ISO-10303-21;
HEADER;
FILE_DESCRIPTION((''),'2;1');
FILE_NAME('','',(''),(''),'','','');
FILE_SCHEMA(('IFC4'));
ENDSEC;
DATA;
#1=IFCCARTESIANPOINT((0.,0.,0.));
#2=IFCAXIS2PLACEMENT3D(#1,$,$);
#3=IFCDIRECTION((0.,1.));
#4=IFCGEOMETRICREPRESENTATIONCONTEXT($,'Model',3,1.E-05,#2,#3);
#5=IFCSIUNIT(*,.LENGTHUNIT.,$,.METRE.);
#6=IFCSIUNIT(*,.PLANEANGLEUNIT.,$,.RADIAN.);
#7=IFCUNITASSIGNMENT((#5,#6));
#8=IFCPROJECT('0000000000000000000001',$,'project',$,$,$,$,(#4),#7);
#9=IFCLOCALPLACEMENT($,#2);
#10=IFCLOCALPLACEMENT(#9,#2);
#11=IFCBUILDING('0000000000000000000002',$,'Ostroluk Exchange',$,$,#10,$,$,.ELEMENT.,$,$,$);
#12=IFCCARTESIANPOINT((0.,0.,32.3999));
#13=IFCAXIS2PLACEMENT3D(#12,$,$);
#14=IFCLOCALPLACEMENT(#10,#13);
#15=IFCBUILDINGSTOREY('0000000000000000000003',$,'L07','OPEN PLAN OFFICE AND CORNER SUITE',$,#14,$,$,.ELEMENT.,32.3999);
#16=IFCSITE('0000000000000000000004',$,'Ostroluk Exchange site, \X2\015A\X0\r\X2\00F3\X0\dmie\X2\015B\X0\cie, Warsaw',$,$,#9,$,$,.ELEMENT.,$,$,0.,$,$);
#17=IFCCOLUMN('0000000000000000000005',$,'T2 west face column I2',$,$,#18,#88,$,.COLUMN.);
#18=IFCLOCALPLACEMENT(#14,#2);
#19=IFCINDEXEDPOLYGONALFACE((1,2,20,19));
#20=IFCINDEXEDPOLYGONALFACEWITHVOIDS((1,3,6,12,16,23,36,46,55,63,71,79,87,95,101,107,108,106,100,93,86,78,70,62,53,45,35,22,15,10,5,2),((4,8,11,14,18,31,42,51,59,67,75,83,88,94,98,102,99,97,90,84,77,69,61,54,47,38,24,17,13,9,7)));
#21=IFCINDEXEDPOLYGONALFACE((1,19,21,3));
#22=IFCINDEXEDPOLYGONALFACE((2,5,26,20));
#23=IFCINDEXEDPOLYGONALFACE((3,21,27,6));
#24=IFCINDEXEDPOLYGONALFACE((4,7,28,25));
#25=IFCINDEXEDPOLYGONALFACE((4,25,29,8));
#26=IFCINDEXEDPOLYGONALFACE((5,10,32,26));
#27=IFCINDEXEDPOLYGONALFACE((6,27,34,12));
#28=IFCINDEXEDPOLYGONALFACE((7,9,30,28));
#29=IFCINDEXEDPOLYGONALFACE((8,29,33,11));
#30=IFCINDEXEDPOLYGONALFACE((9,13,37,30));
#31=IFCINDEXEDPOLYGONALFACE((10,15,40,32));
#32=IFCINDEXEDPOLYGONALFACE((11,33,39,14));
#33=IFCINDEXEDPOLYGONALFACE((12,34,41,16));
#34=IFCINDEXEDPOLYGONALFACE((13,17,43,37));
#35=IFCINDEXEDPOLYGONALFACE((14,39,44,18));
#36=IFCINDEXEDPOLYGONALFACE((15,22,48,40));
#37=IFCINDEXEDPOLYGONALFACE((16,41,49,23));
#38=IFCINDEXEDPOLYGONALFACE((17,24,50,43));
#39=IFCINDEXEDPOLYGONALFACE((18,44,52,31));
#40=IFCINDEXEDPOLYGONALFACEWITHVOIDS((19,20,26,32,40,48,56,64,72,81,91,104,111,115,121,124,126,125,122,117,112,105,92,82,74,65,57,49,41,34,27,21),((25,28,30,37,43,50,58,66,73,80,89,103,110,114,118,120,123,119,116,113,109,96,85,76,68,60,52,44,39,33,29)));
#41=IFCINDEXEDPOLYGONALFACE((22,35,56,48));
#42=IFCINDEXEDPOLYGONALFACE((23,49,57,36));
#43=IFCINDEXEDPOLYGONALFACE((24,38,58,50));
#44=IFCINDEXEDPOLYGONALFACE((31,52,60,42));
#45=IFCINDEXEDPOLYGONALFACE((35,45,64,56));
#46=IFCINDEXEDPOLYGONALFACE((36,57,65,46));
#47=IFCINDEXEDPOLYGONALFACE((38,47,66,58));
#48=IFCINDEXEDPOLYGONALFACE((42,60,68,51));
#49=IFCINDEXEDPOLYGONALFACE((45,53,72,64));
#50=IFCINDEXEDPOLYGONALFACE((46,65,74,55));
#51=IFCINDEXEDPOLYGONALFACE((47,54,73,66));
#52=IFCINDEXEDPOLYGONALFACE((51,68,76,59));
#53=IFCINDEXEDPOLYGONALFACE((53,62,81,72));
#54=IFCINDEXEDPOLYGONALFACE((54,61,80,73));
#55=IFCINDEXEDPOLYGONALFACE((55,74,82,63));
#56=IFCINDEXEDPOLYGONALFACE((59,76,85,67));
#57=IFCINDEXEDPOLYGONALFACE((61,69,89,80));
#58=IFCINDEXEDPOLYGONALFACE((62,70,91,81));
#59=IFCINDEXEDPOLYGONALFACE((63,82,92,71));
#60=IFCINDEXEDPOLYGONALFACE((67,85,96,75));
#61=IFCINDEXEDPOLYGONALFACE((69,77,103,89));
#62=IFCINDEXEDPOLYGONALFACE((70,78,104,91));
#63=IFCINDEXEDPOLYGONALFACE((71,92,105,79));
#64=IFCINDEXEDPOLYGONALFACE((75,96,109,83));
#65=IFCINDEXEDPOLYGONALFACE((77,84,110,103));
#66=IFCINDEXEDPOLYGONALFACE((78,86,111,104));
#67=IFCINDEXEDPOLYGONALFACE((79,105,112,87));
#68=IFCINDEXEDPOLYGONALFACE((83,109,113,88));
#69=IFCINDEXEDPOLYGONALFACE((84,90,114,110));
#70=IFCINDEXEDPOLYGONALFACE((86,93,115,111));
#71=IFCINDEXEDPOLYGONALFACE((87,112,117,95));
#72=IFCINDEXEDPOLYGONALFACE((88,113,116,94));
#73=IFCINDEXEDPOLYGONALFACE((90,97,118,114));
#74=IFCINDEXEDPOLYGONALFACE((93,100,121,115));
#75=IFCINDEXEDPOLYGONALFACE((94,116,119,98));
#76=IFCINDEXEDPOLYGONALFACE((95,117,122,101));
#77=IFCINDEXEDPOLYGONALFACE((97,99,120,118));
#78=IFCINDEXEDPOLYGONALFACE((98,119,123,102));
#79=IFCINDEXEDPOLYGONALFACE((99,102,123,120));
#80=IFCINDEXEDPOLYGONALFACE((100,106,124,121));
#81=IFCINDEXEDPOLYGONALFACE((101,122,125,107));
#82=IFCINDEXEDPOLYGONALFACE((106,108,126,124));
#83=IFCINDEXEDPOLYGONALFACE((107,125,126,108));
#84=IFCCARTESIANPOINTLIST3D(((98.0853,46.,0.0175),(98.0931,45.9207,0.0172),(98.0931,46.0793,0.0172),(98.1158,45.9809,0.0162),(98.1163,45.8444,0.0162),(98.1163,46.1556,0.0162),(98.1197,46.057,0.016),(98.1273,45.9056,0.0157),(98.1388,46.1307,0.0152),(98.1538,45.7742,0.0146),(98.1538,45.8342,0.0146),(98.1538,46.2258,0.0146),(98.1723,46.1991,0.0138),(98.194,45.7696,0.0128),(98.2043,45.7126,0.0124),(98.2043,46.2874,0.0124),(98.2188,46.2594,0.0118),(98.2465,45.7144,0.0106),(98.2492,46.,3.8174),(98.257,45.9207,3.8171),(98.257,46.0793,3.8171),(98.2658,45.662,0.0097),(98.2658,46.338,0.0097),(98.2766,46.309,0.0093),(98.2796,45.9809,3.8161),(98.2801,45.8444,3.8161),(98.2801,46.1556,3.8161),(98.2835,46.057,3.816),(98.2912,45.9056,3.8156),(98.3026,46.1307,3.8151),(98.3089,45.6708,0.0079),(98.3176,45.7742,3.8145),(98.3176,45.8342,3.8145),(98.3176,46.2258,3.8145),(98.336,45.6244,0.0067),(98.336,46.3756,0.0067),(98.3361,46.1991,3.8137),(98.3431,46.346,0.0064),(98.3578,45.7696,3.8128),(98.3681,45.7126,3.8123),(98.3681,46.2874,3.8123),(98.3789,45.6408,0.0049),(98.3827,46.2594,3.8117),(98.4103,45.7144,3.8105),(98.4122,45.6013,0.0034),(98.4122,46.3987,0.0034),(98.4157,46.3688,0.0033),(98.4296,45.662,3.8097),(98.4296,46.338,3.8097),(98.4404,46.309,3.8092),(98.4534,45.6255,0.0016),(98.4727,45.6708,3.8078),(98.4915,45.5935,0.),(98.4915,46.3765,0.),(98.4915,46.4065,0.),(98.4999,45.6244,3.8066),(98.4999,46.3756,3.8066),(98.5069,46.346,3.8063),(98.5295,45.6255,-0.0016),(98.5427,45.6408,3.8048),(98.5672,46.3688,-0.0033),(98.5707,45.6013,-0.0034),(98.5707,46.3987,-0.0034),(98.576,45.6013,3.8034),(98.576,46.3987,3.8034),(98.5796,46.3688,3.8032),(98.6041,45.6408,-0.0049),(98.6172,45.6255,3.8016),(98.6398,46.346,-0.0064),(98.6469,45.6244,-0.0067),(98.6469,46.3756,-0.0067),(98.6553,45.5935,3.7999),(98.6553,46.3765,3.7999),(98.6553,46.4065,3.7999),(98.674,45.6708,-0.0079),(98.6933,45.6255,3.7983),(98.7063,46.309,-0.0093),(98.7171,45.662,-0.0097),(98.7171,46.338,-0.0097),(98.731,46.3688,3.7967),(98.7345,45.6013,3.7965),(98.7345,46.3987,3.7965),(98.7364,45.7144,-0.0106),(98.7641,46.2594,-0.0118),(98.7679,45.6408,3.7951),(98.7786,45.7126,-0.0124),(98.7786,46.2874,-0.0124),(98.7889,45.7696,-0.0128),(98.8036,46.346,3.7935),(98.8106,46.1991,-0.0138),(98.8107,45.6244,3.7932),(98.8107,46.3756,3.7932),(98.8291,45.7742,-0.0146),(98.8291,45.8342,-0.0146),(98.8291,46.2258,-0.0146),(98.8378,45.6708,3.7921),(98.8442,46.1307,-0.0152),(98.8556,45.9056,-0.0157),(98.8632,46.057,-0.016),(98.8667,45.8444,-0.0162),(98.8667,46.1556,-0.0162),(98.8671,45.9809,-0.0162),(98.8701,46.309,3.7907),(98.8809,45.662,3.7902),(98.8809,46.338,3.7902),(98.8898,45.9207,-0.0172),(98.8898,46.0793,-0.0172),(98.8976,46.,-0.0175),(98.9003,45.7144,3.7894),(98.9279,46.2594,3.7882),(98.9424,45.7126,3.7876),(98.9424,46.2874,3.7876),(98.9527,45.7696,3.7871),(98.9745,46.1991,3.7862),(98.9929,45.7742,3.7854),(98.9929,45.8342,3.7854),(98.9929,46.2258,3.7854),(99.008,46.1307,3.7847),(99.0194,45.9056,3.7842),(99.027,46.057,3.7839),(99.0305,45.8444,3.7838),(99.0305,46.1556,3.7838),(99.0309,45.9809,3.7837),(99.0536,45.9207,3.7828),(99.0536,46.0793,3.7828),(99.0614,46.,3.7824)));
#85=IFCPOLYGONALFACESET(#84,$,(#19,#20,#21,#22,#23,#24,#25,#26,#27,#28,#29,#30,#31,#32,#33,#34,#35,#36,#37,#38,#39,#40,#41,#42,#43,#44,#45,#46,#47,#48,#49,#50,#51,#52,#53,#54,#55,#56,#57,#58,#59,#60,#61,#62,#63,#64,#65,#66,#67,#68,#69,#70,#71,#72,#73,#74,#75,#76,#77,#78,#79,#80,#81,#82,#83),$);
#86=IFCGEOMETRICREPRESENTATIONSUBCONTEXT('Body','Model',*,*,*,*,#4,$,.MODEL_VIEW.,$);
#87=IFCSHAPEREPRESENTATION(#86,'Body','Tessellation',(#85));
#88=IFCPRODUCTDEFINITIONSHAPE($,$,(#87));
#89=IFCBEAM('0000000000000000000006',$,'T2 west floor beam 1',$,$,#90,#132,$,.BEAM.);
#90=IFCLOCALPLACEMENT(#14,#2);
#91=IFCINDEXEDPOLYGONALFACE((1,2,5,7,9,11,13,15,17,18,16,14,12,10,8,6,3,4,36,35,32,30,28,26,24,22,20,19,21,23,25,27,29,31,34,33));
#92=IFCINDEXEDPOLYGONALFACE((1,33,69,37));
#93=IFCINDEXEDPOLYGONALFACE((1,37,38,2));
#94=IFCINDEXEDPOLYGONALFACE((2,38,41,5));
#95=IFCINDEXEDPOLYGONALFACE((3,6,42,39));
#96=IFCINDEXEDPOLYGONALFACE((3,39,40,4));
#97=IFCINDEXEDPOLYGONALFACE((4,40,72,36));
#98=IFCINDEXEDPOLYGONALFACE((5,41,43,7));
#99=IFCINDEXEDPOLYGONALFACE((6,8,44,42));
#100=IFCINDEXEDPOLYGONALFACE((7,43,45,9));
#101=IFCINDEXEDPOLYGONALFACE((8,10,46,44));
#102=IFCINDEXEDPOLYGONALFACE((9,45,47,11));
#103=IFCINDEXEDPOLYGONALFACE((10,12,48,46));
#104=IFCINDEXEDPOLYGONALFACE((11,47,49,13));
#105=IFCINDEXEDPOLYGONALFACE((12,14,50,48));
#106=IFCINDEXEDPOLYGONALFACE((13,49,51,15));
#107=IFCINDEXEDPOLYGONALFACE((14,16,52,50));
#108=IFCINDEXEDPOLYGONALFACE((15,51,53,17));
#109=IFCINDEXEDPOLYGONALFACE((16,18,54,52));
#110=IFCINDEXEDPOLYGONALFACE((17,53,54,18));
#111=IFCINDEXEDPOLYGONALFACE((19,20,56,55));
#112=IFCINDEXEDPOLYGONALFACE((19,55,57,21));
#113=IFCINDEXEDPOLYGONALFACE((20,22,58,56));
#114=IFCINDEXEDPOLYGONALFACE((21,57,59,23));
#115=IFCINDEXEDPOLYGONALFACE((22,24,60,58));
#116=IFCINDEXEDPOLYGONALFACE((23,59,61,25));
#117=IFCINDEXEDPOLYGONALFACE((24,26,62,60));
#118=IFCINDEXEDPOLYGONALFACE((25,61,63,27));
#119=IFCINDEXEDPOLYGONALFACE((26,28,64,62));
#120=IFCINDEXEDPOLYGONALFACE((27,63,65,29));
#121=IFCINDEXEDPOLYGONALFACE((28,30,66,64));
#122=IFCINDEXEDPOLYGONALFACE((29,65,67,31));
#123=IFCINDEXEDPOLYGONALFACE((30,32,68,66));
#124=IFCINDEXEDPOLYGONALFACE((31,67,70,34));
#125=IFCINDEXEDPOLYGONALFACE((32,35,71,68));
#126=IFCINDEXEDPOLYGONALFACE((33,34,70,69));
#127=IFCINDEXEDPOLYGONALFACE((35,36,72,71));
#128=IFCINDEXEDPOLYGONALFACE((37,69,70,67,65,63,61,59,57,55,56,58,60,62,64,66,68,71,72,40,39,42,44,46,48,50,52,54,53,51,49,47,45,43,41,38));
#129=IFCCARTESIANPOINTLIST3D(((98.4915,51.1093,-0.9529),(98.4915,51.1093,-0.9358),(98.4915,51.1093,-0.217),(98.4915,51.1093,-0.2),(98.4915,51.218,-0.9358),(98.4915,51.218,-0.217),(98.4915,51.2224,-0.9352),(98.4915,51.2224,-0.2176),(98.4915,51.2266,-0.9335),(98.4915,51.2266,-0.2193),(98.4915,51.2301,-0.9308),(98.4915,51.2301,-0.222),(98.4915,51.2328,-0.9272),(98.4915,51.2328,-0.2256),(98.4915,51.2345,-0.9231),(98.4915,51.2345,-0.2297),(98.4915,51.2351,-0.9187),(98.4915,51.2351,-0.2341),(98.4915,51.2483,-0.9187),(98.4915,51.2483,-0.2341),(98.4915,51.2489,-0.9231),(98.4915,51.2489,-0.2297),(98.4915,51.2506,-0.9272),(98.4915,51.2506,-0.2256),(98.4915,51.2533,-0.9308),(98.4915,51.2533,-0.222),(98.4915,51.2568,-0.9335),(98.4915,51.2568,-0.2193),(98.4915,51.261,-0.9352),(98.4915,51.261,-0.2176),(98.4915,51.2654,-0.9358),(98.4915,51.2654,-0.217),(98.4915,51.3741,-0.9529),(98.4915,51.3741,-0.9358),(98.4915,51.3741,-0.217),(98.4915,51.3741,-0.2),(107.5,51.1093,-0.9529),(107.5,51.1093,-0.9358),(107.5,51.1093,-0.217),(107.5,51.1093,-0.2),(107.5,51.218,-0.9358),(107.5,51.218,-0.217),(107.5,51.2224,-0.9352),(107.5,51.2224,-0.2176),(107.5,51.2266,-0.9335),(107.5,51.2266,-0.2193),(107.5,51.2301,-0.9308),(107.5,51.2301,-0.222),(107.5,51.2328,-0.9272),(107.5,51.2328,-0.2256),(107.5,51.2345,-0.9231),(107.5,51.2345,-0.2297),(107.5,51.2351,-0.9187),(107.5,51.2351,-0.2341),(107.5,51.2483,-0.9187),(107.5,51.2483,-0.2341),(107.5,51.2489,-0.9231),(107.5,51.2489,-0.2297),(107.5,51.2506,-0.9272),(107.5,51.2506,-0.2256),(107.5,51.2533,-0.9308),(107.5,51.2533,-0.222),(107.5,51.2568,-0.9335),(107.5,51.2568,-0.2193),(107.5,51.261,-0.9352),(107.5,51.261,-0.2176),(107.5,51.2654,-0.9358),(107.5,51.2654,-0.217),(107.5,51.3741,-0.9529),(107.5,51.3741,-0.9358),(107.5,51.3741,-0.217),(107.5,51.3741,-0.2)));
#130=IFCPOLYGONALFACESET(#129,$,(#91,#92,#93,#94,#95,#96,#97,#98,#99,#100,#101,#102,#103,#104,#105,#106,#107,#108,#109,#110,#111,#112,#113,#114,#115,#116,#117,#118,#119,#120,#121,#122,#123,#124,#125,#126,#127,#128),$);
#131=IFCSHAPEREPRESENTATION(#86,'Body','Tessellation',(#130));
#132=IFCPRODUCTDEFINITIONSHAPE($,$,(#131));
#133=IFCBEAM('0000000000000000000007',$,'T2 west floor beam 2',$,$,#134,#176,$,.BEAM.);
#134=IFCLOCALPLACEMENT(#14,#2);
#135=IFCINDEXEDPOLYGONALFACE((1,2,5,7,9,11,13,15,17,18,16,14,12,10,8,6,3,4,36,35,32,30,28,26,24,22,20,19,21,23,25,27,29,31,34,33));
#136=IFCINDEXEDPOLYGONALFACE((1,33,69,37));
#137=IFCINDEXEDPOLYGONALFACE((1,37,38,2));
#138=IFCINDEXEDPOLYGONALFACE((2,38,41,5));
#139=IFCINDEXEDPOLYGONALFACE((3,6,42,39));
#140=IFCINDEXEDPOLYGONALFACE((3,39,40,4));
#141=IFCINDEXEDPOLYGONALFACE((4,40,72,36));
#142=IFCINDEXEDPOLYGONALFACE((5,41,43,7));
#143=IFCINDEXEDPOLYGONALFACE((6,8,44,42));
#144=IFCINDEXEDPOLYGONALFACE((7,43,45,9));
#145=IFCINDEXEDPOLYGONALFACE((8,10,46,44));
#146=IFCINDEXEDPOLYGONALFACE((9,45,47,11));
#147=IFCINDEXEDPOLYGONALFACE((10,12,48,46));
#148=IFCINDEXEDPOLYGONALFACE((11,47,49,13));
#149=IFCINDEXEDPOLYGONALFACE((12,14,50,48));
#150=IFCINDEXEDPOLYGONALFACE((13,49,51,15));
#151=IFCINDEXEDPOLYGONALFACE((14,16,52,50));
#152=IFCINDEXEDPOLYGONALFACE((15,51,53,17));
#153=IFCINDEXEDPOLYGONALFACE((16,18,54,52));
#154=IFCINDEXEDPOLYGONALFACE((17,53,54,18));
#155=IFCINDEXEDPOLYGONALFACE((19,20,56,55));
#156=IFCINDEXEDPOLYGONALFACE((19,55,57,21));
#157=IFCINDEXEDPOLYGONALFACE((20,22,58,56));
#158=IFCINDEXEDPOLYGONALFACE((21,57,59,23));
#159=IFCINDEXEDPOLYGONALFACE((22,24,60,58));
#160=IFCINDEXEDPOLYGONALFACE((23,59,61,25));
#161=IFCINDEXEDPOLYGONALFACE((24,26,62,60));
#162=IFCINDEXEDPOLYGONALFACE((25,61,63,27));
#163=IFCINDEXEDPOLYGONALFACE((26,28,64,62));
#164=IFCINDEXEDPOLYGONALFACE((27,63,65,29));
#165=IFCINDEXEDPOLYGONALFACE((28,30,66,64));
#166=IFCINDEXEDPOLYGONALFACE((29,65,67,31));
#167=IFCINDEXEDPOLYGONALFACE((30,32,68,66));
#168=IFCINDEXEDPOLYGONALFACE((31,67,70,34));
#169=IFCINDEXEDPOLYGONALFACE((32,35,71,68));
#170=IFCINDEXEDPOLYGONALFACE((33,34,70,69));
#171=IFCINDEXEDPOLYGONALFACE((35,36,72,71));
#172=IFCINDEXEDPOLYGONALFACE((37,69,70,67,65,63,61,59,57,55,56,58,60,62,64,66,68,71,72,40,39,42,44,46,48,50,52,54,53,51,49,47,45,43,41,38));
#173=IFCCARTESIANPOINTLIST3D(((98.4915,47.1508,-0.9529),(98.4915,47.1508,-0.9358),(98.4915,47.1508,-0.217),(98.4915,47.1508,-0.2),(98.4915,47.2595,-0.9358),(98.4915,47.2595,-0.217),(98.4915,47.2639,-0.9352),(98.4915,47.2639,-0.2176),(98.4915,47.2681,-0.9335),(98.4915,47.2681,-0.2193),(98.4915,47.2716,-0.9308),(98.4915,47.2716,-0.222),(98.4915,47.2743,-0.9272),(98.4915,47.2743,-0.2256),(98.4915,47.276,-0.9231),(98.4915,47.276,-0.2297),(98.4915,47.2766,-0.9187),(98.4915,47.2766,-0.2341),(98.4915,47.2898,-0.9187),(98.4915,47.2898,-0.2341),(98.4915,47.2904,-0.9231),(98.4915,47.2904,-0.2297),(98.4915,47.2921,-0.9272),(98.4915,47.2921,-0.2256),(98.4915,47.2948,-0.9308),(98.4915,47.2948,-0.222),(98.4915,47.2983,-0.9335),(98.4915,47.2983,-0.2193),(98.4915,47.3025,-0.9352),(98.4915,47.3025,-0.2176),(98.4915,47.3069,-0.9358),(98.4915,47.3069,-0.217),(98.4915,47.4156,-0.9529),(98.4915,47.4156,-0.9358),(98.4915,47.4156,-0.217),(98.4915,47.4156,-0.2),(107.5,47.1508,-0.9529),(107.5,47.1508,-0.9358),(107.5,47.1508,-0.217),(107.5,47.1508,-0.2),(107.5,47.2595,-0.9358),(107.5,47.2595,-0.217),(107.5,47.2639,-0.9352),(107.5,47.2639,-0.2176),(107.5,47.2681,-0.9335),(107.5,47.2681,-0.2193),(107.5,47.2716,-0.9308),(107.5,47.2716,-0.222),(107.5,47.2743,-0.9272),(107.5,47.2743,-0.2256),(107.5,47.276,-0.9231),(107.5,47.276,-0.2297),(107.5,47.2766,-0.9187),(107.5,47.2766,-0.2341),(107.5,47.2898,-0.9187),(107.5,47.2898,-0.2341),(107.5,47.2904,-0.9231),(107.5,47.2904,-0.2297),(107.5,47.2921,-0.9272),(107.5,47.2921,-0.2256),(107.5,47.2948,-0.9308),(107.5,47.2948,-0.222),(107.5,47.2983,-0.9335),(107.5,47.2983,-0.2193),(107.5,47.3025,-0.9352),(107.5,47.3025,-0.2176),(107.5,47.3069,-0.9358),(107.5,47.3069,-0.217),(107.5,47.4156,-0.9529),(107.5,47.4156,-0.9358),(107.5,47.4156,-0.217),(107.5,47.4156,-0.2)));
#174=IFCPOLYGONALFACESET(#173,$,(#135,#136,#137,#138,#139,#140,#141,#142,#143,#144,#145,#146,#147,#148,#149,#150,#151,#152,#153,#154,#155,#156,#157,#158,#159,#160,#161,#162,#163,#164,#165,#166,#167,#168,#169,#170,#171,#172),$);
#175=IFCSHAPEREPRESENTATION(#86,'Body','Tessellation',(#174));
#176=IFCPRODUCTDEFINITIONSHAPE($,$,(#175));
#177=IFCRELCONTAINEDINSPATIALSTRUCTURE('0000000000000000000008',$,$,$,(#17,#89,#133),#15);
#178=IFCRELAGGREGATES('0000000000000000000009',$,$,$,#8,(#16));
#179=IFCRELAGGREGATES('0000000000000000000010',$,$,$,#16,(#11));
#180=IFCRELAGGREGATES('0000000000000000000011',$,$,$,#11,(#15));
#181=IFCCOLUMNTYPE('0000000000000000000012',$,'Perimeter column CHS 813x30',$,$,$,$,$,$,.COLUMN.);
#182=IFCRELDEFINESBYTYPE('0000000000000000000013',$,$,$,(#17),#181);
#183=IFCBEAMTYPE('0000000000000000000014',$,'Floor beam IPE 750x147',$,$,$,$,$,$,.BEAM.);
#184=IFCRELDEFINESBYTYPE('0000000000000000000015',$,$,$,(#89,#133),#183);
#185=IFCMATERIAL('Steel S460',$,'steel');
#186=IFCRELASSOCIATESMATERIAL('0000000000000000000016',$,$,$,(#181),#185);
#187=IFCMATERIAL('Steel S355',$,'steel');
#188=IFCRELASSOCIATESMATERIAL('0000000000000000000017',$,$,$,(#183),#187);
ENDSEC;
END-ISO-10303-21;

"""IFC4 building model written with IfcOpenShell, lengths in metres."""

from ifc_helpers import new_model, si_unit, direction, frame, origin, origin_2d, place, context, subcontext, project, spatial, hollow_circle, i_section, extrude, material, material_profile, profile_set, type_object, element, save


model = new_model("IFC4")

# Units and contexts
model_context = context("Model", 3, precision=1e-05, world=origin(), true_north=direction((0.0, 1.0)))
body_context = subcontext(model_context, "Body", "Model", "MODEL_VIEW")
ifc_project = project(units=[si_unit("LENGTHUNIT", "METRE"), si_unit("PLANEANGLEUNIT", "RADIAN")], contexts=[model_context])

# Site, building, storey
site_placement = place(None, origin())
site = spatial("IfcSite", under=ifc_project, at=site_placement, Name="Ostroluk Exchange site, Śródmieście, Warsaw", CompositionType="ELEMENT", RefElevation=0.0)
building_placement = place(site_placement, origin())
building = spatial("IfcBuilding", under=site, at=building_placement, Name="Ostroluk Exchange", CompositionType="ELEMENT")
storey_placement = place(building_placement, frame((0.0, 0.0, 32.3999)))
storey = spatial("IfcBuildingStorey", under=building, at=storey_placement, Name="L07", Description="OPEN PLAN OFFICE AND CORNER SUITE", CompositionType="ELEMENT", Elevation=32.3999)

# Column
ifc_material_1 = material(Name="Steel S460", Category="steel")
ifc_material_profile_1 = material_profile(ifc_material_1, hollow_circle(Radius=0.4065, WallThickness=0.03, at=origin_2d()), Name="CHS 813x30")
ifc_profile_set_1 = profile_set([ifc_material_profile_1], Name="Steel S460")
column_type = type_object("IfcColumnType", Name="Perimeter column CHS 813x30", PredefinedType="COLUMN", material=ifc_profile_set_1)
column_placement = place(storey_placement, frame((98.4915, 46.0, 0.0), z_axis=(0.04307, 0.0, 0.999072), x_axis=(0.0, 1.0, 0.0)))
element("IfcColumn", 1, at=column_placement, inside=storey, type_object=column_type, Name="T2 west face column I2", PredefinedType="COLUMN", context=body_context, shape_type="SweptSolid", body=[
    extrude(hollow_circle(Radius=0.4065, WallThickness=0.03, at=origin_2d()), origin(), (0.0, 0.0, 1.0), 3.8035),
])

# Beams
ifc_material_2 = material(Name="Steel S355", Category="steel")
ifc_material_profile_2 = material_profile(ifc_material_2, i_section(OverallWidth=0.2649, OverallDepth=0.7529, WebThickness=0.0132, FlangeThickness=0.0171, FilletRadius=0.0171, at=origin_2d()), Name="IPE 750x147")
ifc_profile_set_2 = profile_set([ifc_material_profile_2], Name="Steel S355")
beam_type_1 = type_object("IfcBeamType", Name="Floor beam IPE 750x147", PredefinedType="BEAM", material=ifc_profile_set_2)
for number, where, z_axis, x_axis, name in (
    (2, (107.5, 51.2417, -0.5764), (-1.0, 0.0, 0.0), (0.0, -1.0, 0.0), "T2 west floor beam 1"),
    (3, (107.5, 47.2832, -0.5764), (-1.0, 0.0, 0.0), (0.0, -1.0, 0.0), "T2 west floor beam 2"),
):
    element("IfcBeam", number, at=place(storey_placement, frame(where, z_axis=z_axis, x_axis=x_axis)), inside=storey, type_object=beam_type_1, Name=name, PredefinedType="BEAM", context=body_context, shape_type="SweptSolid", body=[
        extrude(i_section(OverallWidth=0.2649, OverallDepth=0.7529, WebThickness=0.0132, FlangeThickness=0.0171, FilletRadius=0.0171, at=origin_2d()), origin(), (0.0, 0.0, 1.0), 9.0085),
    ])

save(model, "model.ifc")
